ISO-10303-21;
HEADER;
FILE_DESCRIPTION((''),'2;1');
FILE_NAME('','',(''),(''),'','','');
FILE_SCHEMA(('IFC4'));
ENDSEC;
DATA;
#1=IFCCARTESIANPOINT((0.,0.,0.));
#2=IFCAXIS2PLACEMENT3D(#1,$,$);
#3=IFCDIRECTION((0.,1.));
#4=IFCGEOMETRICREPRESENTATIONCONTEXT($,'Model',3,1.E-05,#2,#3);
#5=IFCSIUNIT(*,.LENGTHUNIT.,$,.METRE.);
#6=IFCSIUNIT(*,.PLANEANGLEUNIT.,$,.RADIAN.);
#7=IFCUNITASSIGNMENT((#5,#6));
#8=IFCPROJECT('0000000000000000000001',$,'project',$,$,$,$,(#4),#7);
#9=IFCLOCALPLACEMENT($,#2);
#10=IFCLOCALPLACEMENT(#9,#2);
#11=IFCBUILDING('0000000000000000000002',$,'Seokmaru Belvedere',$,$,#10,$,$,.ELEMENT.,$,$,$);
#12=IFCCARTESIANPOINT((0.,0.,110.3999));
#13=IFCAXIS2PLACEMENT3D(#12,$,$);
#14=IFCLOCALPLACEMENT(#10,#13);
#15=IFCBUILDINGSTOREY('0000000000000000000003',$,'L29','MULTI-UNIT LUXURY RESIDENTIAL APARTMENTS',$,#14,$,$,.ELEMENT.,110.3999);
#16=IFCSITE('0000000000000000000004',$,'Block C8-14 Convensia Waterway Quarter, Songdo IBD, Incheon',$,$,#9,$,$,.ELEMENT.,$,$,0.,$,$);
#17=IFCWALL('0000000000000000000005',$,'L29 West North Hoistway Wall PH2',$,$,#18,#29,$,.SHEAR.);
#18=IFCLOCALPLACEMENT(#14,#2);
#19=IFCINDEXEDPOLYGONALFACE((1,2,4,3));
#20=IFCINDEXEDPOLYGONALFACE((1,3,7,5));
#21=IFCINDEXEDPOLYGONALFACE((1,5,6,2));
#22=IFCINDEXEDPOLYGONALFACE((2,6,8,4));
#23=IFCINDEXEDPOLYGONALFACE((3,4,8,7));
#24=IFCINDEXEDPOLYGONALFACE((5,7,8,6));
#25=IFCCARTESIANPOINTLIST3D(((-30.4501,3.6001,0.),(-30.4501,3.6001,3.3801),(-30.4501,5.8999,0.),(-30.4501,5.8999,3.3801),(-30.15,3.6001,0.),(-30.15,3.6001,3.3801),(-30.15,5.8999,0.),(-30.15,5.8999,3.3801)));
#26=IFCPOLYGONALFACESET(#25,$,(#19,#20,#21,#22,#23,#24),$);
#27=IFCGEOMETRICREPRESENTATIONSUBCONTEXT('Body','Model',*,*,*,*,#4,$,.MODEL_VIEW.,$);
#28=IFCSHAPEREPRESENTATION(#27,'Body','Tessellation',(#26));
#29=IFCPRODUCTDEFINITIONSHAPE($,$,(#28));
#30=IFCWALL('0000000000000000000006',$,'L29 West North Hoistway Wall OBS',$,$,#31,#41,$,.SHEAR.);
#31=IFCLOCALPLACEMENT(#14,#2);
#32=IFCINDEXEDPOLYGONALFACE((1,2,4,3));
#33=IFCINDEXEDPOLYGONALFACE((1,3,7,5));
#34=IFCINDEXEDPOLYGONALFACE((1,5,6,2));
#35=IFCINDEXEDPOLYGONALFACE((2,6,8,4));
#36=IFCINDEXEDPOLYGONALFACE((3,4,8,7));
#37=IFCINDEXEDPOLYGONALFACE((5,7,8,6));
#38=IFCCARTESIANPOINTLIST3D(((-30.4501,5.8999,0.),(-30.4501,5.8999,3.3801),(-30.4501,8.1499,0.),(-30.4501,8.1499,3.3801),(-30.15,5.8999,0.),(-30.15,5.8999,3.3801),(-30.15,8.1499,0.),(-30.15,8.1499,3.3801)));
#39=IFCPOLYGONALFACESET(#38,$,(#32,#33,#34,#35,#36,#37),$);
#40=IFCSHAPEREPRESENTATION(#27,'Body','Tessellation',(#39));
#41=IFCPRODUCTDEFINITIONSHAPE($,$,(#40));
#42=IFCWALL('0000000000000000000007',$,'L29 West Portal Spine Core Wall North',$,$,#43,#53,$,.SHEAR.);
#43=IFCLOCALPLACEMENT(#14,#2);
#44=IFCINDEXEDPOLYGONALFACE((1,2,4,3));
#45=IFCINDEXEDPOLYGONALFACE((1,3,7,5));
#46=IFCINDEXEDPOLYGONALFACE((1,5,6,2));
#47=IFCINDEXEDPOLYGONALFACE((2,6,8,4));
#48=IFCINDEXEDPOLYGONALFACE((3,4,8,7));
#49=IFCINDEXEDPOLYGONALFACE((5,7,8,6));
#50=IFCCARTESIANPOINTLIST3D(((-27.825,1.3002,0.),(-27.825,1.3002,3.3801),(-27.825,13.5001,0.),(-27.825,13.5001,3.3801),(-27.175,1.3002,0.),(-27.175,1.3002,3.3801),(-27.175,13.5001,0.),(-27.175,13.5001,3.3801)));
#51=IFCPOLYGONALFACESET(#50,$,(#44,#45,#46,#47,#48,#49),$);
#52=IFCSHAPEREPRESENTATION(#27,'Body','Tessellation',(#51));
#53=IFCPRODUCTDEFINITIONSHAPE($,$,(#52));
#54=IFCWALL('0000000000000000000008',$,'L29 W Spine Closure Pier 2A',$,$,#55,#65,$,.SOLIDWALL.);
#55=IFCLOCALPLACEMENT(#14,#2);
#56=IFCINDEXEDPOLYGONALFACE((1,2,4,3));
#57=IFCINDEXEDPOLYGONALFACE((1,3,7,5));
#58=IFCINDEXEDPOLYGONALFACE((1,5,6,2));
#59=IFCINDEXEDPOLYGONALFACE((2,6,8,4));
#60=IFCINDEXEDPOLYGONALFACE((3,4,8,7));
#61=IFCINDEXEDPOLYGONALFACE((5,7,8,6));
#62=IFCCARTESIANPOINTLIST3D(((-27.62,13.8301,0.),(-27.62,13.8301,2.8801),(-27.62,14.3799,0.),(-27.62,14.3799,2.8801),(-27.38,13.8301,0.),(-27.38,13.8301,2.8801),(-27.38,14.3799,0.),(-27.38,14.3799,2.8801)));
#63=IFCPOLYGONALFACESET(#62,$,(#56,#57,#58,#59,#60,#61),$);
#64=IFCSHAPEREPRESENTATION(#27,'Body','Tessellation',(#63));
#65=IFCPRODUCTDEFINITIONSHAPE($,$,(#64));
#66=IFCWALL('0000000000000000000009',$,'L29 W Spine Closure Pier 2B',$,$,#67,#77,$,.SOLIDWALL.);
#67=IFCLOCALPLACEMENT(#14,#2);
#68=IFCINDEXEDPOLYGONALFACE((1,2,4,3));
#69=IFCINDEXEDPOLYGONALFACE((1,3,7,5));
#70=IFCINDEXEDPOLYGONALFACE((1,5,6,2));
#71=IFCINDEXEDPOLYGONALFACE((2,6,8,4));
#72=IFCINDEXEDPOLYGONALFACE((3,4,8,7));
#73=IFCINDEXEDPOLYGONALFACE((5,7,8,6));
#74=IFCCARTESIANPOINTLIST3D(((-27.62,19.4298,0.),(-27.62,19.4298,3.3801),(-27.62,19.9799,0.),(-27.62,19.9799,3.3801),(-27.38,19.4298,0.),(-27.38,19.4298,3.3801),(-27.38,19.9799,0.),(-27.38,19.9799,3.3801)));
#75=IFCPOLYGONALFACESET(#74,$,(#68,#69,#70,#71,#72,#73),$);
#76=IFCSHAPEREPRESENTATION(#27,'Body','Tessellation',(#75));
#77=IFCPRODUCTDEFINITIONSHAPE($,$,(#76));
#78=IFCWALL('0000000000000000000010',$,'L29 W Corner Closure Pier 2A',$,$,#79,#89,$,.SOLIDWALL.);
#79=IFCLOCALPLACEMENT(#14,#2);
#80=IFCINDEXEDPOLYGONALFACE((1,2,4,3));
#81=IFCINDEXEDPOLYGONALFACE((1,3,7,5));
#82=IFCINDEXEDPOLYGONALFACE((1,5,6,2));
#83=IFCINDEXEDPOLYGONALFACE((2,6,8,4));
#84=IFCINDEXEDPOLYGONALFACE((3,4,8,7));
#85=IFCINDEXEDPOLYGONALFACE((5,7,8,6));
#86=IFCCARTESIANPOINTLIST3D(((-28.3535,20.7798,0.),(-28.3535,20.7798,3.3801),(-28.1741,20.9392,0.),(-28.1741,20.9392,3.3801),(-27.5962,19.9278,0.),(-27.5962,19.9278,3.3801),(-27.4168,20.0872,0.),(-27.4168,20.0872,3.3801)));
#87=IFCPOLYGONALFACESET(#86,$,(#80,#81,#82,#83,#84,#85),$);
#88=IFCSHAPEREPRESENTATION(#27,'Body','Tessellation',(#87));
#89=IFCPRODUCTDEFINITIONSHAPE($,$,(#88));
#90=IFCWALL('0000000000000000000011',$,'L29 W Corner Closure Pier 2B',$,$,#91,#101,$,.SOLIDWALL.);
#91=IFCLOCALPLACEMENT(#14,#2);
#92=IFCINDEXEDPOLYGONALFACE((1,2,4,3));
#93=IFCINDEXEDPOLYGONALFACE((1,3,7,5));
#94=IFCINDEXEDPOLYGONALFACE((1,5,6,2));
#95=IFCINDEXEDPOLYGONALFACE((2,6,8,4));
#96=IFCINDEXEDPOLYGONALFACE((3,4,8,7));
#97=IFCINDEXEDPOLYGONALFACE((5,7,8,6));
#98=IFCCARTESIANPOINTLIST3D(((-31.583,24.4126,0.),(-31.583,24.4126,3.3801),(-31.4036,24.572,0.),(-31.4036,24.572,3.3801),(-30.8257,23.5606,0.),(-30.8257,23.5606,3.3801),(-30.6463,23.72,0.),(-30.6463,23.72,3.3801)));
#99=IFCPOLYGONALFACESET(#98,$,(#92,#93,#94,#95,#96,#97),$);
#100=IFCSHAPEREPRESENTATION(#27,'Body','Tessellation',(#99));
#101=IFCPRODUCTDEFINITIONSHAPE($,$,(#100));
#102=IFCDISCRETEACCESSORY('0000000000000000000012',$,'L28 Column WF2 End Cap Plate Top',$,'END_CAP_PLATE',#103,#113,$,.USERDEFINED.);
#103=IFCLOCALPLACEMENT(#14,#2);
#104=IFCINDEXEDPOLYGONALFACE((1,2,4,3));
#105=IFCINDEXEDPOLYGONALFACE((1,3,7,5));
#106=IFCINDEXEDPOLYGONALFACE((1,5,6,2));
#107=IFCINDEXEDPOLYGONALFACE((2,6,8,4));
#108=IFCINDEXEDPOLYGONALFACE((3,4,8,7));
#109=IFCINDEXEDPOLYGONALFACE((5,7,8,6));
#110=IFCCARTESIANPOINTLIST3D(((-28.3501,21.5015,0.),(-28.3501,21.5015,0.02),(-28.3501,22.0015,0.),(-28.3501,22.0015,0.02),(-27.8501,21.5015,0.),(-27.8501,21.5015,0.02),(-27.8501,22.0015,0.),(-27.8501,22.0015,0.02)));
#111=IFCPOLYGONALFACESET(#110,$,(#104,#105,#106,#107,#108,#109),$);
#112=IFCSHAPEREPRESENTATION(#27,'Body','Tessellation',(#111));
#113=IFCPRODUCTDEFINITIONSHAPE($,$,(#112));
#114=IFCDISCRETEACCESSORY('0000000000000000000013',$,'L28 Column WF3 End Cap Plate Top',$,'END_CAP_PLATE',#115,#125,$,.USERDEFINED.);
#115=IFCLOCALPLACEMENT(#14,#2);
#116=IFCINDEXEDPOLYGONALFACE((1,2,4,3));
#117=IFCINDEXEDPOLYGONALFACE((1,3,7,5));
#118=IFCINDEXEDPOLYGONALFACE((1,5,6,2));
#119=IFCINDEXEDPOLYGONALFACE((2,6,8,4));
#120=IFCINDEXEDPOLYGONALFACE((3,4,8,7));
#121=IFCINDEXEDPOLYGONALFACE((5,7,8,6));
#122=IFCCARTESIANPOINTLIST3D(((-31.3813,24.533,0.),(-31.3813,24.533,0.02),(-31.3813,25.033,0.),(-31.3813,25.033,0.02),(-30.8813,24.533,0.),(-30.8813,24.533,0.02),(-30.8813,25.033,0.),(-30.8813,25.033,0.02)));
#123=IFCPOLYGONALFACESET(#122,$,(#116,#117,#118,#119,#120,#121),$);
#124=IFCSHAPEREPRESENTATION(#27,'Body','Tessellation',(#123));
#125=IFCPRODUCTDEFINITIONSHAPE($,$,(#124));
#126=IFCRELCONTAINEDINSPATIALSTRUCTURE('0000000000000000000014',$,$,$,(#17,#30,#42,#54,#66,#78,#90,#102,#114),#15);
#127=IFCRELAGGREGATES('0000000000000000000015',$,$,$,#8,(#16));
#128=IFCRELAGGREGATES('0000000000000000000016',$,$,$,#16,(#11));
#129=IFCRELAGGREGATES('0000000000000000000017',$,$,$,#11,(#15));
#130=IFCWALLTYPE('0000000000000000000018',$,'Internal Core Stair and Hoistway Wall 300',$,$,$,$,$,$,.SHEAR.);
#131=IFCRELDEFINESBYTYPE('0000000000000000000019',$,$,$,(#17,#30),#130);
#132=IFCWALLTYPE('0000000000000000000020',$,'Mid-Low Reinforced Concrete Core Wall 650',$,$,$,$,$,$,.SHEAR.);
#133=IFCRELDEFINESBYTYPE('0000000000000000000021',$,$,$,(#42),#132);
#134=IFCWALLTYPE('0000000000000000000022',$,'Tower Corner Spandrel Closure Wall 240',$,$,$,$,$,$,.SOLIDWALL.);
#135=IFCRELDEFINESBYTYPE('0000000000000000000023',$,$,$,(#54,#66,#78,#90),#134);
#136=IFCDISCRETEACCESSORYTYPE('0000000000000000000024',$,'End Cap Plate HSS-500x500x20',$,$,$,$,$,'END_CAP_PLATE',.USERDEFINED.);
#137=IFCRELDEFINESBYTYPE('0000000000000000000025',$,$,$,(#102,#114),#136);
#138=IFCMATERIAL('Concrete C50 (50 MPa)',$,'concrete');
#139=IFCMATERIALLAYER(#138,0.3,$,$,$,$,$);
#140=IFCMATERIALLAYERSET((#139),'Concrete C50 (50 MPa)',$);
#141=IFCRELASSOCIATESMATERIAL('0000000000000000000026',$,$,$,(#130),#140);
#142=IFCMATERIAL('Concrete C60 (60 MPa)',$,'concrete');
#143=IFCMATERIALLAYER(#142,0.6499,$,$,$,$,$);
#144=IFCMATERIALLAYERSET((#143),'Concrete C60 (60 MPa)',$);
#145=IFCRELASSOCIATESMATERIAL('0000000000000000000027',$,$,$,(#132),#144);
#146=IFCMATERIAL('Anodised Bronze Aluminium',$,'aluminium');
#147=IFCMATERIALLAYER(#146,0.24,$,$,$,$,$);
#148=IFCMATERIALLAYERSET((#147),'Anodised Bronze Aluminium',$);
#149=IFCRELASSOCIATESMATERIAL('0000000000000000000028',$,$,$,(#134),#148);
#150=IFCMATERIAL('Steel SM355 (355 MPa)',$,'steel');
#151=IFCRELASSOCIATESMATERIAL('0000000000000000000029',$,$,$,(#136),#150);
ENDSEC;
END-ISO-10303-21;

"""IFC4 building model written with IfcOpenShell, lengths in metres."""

from ifc_helpers import new_model, si_unit, direction, frame, frame_2d, origin, origin_2d, place, context, subcontext, project, spatial, rectangle, extrude, source, transform, mapped, material, layer, layer_set, type_object, type_shapes, element, save


model = new_model("IFC4")

# Units and contexts
model_context = context("Model", 3, precision=1e-05, world=origin(), true_north=direction((0.0, 1.0)))
body_context = subcontext(model_context, "Body", "Model", "MODEL_VIEW")
ifc_project = project(units=[si_unit("LENGTHUNIT", "METRE"), si_unit("PLANEANGLEUNIT", "RADIAN")], contexts=[model_context])

# Site, building, storey
site_placement = place(None, origin())
site = spatial("IfcSite", under=ifc_project, at=site_placement, Name="Block C8-14 Convensia Waterway Quarter, Songdo IBD, Incheon", CompositionType="ELEMENT", RefElevation=0.0)
building_placement = place(site_placement, origin())
building = spatial("IfcBuilding", under=site, at=building_placement, Name="Seokmaru Belvedere", CompositionType="ELEMENT")
storey_placement = place(building_placement, frame((0.0, 0.0, 110.3999)))
storey = spatial("IfcBuildingStorey", under=building, at=storey_placement, Name="L29", Description="MULTI-UNIT LUXURY RESIDENTIAL APARTMENTS", CompositionType="ELEMENT", Elevation=110.3999)

# Shared definitions
ifc_material_1 = material(Name="Steel SM355 (355 MPa)", Category="steel")

# Shared definitions
ifc_material_2 = material(Name="Anodised Bronze Aluminium", Category="aluminium")

# Walls
ifc_material_3 = material(Name="Concrete C50 (50 MPa)", Category="concrete")
ifc_layer_1 = layer(ifc_material_3, 0.3)
ifc_layer_set_1 = layer_set([ifc_layer_1], Name="Concrete C50 (50 MPa)")
wall_type_1 = type_object("IfcWallType", Name="Internal Core Stair and Hoistway Wall 300", PredefinedType="SHEAR", material=ifc_layer_set_1)
wall_1_placement = place(storey_placement, frame((-30.3, 3.6001, 0.0), z_axis=(0.0, 0.0, 1.0), x_axis=(0.0, 1.0, 0.0)))
element("IfcWall", 1, at=wall_1_placement, inside=storey, type_object=wall_type_1, Name="L29 West North Hoistway Wall PH2", PredefinedType="SHEAR", context=body_context, shape_type="SweptSolid", body=[
    extrude(rectangle(XDim=2.2998, YDim=0.3, at=frame_2d((1.1499, 0.0))), origin(), (0.0, 0.0, 1.0), 3.3801),
])
wall_2_placement = place(storey_placement, frame((-30.3, 5.8999, 0.0), z_axis=(0.0, 0.0, 1.0), x_axis=(0.0, 1.0, 0.0)))
element("IfcWall", 2, at=wall_2_placement, inside=storey, type_object=wall_type_1, Name="L29 West North Hoistway Wall OBS", PredefinedType="SHEAR", context=body_context, shape_type="SweptSolid", body=[
    extrude(rectangle(XDim=2.25, YDim=0.3, at=frame_2d((1.125, 0.0))), origin(), (0.0, 0.0, 1.0), 3.3801),
])

# Walls
ifc_material_4 = material(Name="Concrete C60 (60 MPa)", Category="concrete")
ifc_layer_2 = layer(ifc_material_4, 0.6499)
ifc_layer_set_2 = layer_set([ifc_layer_2], Name="Concrete C60 (60 MPa)")
wall_type_2 = type_object("IfcWallType", Name="Mid-Low Reinforced Concrete Core Wall 650", PredefinedType="SHEAR", material=ifc_layer_set_2)
wall_3_placement = place(storey_placement, frame((-27.5, 1.3, 0.0), z_axis=(0.0, 0.0, 1.0), x_axis=(0.0, 1.0, 0.0)))
element("IfcWall", 3, at=wall_3_placement, inside=storey, type_object=wall_type_2, Name="L29 West Portal Spine Core Wall North", PredefinedType="SHEAR", context=body_context, shape_type="SweptSolid", body=[
    extrude(rectangle(XDim=12.2, YDim=0.6499, at=frame_2d((6.1001, 0.0))), origin(), (0.0, 0.0, 1.0), 3.3801),
])
ifc_layer_3 = layer(ifc_material_2, 0.24)
ifc_layer_set_3 = layer_set([ifc_layer_3], Name="Anodised Bronze Aluminium")
wall_type_3 = type_object("IfcWallType", Name="Tower Corner Spandrel Closure Wall 240", PredefinedType="SOLIDWALL", material=ifc_layer_set_3)
wall_4_placement = place(storey_placement, frame((-27.5, 13.8301, 0.0), z_axis=(0.0, 0.0, 1.0), x_axis=(0.0, 1.0, 0.0)))
element("IfcWall", 4, at=wall_4_placement, inside=storey, type_object=wall_type_3, Name="L29 W Spine Closure Pier 2A", PredefinedType="SOLIDWALL", context=body_context, shape_type="SweptSolid", body=[
    extrude(rectangle(XDim=0.5498, YDim=0.24, at=frame_2d((0.2749, 0.0))), origin(), (0.0, 0.0, 1.0), 2.8801),
])
wall_5_placement = place(storey_placement, frame((-27.5, 19.4299, 0.0), z_axis=(0.0, 0.0, 1.0), x_axis=(0.0, 1.0, 0.0)))
element("IfcWall", 5, at=wall_5_placement, inside=storey, type_object=wall_type_3, Name="L29 W Spine Closure Pier 2B", PredefinedType="SOLIDWALL", context=body_context, shape_type="SweptSolid", body=[
    extrude(rectangle(XDim=0.55, YDim=0.24, at=frame_2d((0.2749, 0.0))), origin(), (0.0, 0.0, 1.0), 3.3801),
])
for number, where, z_axis, x_axis, name in (
    (6, (-27.5066, 20.0076, 0.0), (0.0, 0.0, 1.0), (-0.664337, 0.747433, 0.0), "L29 W Corner Closure Pier 2A"),
    (7, (-30.7361, 23.6404, 0.0), (0.0, 0.0, 1.0), (-0.664337, 0.747433, 0.0), "L29 W Corner Closure Pier 2B"),
):
    element("IfcWall", number, at=place(storey_placement, frame(where, z_axis=z_axis, x_axis=x_axis)), inside=storey, type_object=wall_type_3, Name=name, PredefinedType="SOLIDWALL", context=body_context, shape_type="SweptSolid", body=[
        extrude(rectangle(XDim=1.1399, YDim=0.24, at=frame_2d((0.5698, 0.0))), origin(), (0.0, 0.0, 1.0), 3.3801),
    ])

# Discrete accessories
discrete_accessory_type = type_object("IfcDiscreteAccessoryType", Name="End Cap Plate HSS-500x500x20", ElementType="END_CAP_PLATE", PredefinedType="USERDEFINED", material=ifc_material_1)
shared_shape_1 = source(origin(), body_context, "Body", "SweptSolid", [
    extrude(rectangle(XDim=0.5, YDim=0.5, at=origin_2d()), origin(), (0.0, 0.0, 1.0), 0.02),
])
type_shapes(discrete_accessory_type, [shared_shape_1])
for number, where, z_axis, x_axis, name in (
    (8, (-28.1001, 21.7515, 0.0), (0.0, 0.0, 1.0), (1.0, 0.0, 0.0), "L28 Column WF2 End Cap Plate Top"),
    (9, (-31.1313, 24.783, 0.0), (0.0, 0.0, 1.0), (1.0, 0.0, 0.0), "L28 Column WF3 End Cap Plate Top"),
):
    element("IfcDiscreteAccessory", number, at=place(storey_placement, frame(where, z_axis=z_axis, x_axis=x_axis)), inside=storey, type_object=discrete_accessory_type, Name=name, ObjectType="END_CAP_PLATE", PredefinedType="USERDEFINED", context=body_context, shape_type="MappedRepresentation", body=[
        mapped(shared_shape_1, transform((0.0, 0.0, 0.0), scale=1.0)),
    ])

save(model, "model.ifc")
